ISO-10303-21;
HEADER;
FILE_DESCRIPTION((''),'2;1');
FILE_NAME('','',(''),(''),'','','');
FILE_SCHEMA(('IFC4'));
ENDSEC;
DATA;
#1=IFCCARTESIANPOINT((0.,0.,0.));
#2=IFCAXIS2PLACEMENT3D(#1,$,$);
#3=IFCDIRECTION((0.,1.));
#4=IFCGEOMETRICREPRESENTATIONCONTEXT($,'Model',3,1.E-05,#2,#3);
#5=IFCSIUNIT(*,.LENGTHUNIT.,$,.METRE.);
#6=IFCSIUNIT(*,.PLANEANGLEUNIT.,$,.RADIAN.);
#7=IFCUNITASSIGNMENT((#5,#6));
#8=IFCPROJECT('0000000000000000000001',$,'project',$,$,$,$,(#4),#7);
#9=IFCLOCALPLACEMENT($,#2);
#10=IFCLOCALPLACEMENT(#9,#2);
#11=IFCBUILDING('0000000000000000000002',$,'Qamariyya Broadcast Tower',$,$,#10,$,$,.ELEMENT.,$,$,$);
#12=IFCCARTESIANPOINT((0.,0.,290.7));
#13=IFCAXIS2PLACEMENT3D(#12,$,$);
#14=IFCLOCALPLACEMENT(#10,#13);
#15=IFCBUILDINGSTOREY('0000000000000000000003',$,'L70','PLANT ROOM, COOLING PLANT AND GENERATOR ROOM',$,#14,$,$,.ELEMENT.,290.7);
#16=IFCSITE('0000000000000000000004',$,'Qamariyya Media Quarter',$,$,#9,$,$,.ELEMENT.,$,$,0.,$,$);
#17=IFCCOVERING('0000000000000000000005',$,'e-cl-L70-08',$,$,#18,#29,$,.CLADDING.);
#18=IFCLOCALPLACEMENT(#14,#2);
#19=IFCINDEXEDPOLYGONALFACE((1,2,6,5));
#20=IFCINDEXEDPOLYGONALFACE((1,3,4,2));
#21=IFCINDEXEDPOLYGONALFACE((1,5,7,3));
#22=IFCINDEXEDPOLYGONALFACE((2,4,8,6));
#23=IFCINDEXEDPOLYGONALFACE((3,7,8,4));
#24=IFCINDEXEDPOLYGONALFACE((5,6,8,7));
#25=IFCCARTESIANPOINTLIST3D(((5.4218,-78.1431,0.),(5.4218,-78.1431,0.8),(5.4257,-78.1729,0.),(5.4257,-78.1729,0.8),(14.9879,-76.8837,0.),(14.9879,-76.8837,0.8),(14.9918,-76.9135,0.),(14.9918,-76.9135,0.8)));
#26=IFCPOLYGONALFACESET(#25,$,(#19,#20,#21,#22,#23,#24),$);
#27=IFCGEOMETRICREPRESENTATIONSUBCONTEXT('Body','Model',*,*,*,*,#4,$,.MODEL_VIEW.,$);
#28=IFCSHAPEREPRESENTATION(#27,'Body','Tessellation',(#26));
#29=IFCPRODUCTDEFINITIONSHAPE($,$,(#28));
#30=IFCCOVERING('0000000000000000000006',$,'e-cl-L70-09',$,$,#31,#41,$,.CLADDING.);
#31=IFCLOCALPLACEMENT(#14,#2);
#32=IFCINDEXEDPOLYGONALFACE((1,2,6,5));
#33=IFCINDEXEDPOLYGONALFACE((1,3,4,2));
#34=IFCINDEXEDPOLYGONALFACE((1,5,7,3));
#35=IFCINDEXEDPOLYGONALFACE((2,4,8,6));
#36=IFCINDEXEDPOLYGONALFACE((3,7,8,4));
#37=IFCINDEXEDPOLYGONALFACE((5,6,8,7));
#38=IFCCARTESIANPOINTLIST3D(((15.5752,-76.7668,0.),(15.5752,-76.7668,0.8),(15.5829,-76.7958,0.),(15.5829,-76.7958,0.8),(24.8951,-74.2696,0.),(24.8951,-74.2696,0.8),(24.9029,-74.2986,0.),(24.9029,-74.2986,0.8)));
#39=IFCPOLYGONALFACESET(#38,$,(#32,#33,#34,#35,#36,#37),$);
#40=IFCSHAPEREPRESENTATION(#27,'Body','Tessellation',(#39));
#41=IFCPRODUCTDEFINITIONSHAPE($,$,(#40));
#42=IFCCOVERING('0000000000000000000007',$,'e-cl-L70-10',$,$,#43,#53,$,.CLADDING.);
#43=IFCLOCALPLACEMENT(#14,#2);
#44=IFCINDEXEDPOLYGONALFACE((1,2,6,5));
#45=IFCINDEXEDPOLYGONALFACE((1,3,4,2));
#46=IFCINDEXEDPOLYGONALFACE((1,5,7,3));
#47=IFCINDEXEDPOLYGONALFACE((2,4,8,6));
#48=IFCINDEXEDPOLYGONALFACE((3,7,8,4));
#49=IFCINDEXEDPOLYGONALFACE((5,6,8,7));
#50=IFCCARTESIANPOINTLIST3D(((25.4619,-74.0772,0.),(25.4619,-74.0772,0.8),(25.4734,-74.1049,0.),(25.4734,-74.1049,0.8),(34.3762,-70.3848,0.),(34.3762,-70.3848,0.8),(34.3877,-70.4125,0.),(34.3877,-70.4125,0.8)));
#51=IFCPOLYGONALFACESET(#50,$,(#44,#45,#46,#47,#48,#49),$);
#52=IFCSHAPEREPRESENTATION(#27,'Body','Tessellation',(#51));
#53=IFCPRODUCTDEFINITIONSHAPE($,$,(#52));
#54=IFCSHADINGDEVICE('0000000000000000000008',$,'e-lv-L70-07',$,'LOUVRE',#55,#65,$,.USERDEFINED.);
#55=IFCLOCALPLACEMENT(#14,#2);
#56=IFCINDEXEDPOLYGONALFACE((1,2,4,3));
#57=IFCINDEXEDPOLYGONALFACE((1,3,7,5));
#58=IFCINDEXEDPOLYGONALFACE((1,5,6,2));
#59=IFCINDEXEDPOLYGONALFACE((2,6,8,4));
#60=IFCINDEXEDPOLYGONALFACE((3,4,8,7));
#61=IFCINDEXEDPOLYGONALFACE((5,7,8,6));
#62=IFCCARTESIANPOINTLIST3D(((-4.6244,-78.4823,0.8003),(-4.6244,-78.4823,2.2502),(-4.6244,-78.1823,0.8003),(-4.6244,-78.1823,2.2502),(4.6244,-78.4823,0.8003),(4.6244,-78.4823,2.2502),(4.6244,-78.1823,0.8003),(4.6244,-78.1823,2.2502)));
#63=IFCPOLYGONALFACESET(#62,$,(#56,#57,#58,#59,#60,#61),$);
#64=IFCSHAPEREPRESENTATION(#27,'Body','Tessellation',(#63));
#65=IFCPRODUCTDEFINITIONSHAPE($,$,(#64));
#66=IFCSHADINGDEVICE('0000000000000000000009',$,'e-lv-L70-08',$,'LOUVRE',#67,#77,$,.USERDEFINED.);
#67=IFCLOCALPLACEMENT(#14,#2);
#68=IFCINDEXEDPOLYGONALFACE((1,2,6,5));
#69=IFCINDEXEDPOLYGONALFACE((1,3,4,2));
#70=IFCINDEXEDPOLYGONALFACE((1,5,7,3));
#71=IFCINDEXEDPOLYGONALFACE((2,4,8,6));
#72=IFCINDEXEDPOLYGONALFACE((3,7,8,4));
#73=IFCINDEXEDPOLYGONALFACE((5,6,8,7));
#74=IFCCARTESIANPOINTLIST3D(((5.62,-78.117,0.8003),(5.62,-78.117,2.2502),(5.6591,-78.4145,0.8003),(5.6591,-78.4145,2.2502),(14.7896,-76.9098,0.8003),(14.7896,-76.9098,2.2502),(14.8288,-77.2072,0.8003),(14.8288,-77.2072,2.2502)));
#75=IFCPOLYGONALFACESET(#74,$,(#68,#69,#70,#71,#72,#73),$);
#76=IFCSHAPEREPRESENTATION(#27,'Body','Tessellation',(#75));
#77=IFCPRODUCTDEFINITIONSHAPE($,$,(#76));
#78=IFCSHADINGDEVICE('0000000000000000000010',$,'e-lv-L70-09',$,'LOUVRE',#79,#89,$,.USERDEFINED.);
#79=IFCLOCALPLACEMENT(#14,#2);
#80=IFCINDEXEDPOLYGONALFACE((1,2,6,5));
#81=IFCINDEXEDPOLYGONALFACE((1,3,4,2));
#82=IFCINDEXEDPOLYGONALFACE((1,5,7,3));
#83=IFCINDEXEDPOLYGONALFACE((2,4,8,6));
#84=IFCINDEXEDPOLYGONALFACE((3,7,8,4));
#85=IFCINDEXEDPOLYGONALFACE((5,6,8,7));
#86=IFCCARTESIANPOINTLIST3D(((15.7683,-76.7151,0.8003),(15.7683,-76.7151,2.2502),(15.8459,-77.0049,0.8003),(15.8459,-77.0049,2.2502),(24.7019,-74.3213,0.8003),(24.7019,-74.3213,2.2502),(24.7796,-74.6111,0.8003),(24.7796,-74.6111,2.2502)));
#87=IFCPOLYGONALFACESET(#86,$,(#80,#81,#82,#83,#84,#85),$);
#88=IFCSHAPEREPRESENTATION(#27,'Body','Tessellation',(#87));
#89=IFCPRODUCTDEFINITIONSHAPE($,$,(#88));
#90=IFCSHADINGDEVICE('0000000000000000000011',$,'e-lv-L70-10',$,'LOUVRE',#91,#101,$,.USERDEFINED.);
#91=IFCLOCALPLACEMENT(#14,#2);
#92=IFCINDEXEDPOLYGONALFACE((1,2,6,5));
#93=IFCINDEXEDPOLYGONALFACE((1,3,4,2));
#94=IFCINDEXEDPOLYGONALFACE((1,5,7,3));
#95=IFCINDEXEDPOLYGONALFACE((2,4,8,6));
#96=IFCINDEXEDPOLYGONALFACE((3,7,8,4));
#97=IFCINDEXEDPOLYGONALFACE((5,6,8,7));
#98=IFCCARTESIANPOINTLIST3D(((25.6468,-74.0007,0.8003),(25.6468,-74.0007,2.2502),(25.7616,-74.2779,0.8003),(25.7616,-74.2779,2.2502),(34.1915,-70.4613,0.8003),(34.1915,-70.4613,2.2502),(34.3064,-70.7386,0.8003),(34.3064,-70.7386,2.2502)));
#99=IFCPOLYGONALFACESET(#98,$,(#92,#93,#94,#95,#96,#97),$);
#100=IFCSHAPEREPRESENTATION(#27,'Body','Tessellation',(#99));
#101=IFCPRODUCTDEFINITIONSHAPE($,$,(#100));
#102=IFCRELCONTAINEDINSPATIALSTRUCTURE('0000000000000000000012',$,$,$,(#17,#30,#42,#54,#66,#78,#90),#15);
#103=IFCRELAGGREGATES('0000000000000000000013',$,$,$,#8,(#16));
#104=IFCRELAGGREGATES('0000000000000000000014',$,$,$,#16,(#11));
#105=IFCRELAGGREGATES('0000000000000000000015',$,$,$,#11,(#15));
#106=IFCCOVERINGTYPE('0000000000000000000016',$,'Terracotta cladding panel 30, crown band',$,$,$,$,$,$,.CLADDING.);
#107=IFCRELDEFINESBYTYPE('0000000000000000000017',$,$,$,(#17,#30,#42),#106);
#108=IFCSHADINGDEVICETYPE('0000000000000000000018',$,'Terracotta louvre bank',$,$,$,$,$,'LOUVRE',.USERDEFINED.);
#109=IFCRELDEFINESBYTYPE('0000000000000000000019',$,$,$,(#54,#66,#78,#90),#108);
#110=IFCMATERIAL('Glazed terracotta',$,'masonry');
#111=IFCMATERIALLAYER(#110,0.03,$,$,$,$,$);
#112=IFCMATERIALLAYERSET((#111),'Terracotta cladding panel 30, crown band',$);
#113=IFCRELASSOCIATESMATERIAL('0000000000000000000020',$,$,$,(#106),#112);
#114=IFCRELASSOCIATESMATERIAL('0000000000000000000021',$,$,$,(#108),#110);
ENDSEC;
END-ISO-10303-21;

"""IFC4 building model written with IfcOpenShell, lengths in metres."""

from ifc_helpers import new_model, si_unit, direction, frame, origin, origin_2d, place, context, subcontext, project, spatial, rectangle, extrude, material, layer, layer_set, type_object, element, save


model = new_model("IFC4")

# Units and contexts
model_context = context("Model", 3, precision=1e-05, world=origin(), true_north=direction((0.0, 1.0)))
body_context = subcontext(model_context, "Body", "Model", "MODEL_VIEW")
ifc_project = project(units=[si_unit("LENGTHUNIT", "METRE"), si_unit("PLANEANGLEUNIT", "RADIAN")], contexts=[model_context])

# Site, building, storey
site_placement = place(None, origin())
site = spatial("IfcSite", under=ifc_project, at=site_placement, Name="Qamariyya Media Quarter", CompositionType="ELEMENT", RefElevation=0.0)
building_placement = place(site_placement, origin())
building = spatial("IfcBuilding", under=site, at=building_placement, Name="Qamariyya Broadcast Tower", CompositionType="ELEMENT")
storey_placement = place(building_placement, frame((0.0, 0.0, 290.7)))
storey = spatial("IfcBuildingStorey", under=building, at=storey_placement, Name="L70", Description="PLANT ROOM, COOLING PLANT AND GENERATOR ROOM", CompositionType="ELEMENT", Elevation=290.7)

# Coverings
ifc_material_1 = material(Name="Glazed terracotta", Category="masonry")
ifc_layer_1 = layer(ifc_material_1, 0.03)
ifc_layer_set_1 = layer_set([ifc_layer_1], Name="Terracotta cladding panel 30, crown band")
covering_type = type_object("IfcCoveringType", Name="Terracotta cladding panel 30, crown band", PredefinedType="CLADDING", material=ifc_layer_set_1)
for number, where, z_axis, x_axis, name in (
    (1, (10.2068, -77.5283, 0.0), (0.0, 0.0, 1.0), (0.991445, 0.130526, 0.0), "e-cl-L70-08"),
    (2, (20.239, -75.5327, 0.0), (0.0, 0.0, 1.0), (0.965926, 0.258819, 0.0), "e-cl-L70-09"),
    (3, (29.9248, -72.2449, 0.0), (0.0, 0.0, 1.0), (0.92388, 0.382683, 0.0), "e-cl-L70-10"),
):
    element("IfcCovering", number, at=place(storey_placement, frame(where, z_axis=z_axis, x_axis=x_axis)), inside=storey, type_object=covering_type, Name=name, PredefinedType="CLADDING", context=body_context, shape_type="SweptSolid", body=[
        extrude(rectangle(XDim=9.6487, YDim=0.03, at=origin_2d()), origin(), (0.0, 0.0, 1.0), 0.8),
    ])

# Shading devices
shading_device_type = type_object("IfcShadingDeviceType", Name="Terracotta louvre bank", ElementType="LOUVRE", PredefinedType="USERDEFINED", material=ifc_material_1)
for number, where, z_axis, x_axis, name in (
    (4, (0.0, -78.3323, 0.8003), (0.0, 0.0, 1.0), (1.0, 0.0, 0.0), "e-lv-L70-07"),
    (5, (10.2244, -77.6621, 0.8003), (0.0, 0.0, 1.0), (0.991445, 0.130526, 0.0), "e-lv-L70-08"),
    (6, (20.2739, -75.6631, 0.8003), (0.0, 0.0, 1.0), (0.965926, 0.258819, 0.0), "e-lv-L70-09"),
    (7, (29.9766, -72.3696, 0.8003), (0.0, 0.0, 1.0), (0.92388, 0.382683, 0.0), "e-lv-L70-10"),
):
    element("IfcShadingDevice", number, at=place(storey_placement, frame(where, z_axis=z_axis, x_axis=x_axis)), inside=storey, type_object=shading_device_type, Name=name, ObjectType="LOUVRE", PredefinedType="USERDEFINED", context=body_context, shape_type="SweptSolid", body=[
        extrude(rectangle(XDim=9.2488, YDim=0.3, at=origin_2d()), origin(), (0.0, 0.0, 1.0), 1.45),
    ])

save(model, "model.ifc")
